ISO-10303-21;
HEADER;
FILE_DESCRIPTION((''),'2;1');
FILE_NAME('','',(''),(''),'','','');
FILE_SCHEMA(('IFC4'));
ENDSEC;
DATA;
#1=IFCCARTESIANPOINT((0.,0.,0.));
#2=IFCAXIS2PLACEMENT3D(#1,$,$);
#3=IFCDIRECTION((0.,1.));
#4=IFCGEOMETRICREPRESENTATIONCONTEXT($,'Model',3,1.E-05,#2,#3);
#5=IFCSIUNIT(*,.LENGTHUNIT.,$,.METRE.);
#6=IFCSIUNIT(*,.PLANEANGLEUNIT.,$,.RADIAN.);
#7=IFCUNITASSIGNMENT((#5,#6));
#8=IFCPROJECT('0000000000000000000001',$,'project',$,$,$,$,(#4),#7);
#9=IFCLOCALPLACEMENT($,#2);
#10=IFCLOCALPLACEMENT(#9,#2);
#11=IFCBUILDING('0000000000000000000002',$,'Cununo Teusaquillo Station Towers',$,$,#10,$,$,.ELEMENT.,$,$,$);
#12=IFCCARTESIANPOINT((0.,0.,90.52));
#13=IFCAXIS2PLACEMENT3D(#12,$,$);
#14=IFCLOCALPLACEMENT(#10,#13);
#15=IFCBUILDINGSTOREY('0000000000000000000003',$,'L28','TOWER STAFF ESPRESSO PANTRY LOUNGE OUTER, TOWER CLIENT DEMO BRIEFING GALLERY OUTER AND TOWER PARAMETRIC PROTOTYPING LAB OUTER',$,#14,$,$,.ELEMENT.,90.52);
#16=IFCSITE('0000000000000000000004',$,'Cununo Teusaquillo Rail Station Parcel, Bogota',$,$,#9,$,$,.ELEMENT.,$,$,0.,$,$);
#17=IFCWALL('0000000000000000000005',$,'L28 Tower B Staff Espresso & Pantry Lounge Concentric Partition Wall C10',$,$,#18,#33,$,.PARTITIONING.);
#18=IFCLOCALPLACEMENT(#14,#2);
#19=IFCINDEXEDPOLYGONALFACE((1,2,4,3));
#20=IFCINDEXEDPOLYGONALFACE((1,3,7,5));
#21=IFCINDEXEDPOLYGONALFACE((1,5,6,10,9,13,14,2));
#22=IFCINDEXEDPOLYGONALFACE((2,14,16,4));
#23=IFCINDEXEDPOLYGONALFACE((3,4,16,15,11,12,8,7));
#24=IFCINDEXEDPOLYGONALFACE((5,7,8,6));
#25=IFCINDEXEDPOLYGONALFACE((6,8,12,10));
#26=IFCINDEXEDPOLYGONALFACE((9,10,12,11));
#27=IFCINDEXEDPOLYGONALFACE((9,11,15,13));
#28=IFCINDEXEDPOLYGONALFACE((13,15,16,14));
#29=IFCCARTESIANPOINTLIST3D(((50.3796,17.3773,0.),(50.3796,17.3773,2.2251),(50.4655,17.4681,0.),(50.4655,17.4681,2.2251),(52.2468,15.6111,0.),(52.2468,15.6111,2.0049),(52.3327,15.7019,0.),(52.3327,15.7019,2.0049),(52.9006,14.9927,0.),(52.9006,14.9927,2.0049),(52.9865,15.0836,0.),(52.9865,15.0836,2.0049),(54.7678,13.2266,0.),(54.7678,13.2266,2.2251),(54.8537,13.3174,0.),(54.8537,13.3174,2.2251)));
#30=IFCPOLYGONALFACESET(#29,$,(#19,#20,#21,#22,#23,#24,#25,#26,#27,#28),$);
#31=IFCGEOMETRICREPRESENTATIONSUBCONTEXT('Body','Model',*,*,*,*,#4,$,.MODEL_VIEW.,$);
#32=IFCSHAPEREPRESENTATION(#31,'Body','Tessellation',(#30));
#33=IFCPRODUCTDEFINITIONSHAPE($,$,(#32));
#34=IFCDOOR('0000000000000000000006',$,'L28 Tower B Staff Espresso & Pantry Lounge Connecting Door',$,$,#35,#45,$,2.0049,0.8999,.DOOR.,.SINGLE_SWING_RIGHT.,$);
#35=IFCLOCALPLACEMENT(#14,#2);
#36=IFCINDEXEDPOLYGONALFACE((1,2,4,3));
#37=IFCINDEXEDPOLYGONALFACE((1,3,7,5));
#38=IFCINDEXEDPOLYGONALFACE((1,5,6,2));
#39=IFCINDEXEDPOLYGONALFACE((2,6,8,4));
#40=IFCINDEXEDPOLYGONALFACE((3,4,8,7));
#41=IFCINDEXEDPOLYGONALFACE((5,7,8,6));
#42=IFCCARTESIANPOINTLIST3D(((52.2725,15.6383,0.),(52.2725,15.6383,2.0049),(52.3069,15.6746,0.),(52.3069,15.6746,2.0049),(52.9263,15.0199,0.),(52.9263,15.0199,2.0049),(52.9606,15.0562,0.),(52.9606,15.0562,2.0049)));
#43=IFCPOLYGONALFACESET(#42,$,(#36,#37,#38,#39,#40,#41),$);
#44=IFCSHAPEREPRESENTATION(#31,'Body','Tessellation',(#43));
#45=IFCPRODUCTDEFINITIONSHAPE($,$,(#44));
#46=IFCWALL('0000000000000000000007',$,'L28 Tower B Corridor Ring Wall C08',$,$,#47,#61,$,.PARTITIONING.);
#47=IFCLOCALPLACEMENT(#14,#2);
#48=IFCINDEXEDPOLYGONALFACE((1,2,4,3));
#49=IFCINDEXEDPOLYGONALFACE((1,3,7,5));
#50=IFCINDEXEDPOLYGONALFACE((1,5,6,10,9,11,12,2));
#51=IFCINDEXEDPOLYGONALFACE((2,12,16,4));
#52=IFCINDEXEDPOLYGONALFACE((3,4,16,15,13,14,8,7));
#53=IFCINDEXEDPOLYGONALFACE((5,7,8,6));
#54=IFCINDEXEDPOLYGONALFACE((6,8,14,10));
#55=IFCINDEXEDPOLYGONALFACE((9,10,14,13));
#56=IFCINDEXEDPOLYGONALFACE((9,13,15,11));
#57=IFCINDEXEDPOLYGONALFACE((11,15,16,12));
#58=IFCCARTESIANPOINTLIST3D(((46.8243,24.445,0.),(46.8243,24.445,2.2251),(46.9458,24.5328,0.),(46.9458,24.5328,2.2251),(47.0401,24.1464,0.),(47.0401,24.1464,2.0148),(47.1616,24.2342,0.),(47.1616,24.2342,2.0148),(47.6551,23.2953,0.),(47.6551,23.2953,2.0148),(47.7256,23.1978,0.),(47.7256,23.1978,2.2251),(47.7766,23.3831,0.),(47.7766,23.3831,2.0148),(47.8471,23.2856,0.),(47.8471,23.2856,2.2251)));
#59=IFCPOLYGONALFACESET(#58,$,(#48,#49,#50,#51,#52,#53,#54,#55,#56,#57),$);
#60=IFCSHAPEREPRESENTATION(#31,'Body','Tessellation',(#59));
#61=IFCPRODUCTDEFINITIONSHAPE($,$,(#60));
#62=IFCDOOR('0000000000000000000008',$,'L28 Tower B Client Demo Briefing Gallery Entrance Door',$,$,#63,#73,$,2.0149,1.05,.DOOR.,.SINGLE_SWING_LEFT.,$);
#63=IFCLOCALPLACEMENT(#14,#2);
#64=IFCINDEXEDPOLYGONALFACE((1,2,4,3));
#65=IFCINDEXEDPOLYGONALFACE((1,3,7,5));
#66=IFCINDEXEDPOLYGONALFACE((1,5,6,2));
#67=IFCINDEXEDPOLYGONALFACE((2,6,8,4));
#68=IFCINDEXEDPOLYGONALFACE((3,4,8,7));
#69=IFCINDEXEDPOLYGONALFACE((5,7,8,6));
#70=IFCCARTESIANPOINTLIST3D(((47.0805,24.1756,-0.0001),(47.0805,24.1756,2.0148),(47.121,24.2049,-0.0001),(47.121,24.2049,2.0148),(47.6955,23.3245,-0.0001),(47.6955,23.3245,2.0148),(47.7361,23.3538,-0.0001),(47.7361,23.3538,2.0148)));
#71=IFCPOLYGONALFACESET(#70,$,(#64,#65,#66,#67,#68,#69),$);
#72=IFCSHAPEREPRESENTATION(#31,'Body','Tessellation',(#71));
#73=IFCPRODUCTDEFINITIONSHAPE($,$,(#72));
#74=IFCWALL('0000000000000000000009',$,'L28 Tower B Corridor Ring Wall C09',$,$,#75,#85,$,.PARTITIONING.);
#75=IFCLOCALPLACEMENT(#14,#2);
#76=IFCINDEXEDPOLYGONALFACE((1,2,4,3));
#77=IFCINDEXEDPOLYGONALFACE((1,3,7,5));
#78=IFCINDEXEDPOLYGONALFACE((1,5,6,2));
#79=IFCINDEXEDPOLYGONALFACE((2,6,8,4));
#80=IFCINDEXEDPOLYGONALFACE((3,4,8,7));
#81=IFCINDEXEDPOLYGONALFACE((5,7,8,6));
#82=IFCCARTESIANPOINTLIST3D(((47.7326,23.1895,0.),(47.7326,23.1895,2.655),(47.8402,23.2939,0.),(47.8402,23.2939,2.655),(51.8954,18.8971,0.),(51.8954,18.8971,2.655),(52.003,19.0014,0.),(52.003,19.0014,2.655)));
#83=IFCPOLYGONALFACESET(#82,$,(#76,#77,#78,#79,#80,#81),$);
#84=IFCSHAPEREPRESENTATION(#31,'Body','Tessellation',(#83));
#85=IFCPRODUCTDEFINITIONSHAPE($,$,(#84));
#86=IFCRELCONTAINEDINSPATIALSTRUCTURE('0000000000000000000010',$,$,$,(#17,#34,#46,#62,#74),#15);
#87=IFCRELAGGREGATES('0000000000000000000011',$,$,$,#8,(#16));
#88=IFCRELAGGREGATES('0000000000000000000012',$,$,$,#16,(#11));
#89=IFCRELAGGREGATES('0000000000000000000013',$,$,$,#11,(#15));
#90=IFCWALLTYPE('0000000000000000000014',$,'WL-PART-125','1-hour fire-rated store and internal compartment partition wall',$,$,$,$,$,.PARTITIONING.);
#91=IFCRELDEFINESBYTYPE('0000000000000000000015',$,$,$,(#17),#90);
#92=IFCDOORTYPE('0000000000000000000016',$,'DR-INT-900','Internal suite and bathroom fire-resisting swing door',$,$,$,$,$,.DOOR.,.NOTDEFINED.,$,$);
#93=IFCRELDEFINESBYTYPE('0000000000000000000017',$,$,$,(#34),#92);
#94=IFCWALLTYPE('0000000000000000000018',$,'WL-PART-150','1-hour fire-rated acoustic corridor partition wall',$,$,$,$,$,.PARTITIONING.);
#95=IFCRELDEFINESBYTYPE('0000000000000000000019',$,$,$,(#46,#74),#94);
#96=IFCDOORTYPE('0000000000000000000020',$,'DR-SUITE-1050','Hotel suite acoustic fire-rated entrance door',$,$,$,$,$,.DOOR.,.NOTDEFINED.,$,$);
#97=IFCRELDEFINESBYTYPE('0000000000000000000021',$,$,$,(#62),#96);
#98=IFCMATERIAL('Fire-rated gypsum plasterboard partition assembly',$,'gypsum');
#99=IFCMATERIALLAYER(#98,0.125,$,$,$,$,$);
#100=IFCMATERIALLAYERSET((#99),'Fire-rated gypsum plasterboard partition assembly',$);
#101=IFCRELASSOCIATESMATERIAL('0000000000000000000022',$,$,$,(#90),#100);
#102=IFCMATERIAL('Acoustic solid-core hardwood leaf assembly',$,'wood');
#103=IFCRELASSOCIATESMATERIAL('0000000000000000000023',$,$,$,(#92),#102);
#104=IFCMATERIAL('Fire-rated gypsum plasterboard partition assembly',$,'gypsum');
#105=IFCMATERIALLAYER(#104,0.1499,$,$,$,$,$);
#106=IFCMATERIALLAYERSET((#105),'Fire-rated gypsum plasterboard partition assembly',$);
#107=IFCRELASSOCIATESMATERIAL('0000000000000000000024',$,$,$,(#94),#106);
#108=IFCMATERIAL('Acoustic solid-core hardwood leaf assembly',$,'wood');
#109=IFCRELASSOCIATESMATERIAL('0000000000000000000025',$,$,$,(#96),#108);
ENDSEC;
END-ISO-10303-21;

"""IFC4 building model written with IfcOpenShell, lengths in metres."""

from ifc_helpers import new_model, si_unit, direction, frame, frame_2d, origin, place, context, subcontext, project, spatial, rectangle, extrude, source, transform, mapped, material, layer, layer_set, type_object, element, fill, save


model = new_model("IFC4")

# Units and contexts
model_context = context("Model", 3, precision=1e-05, world=origin(), true_north=direction((0.0, 1.0)))
body_context = subcontext(model_context, "Body", "Model", "MODEL_VIEW")
ifc_project = project(units=[si_unit("LENGTHUNIT", "METRE"), si_unit("PLANEANGLEUNIT", "RADIAN")], contexts=[model_context])

# Site, building, storey
site_placement = place(None, origin())
site = spatial("IfcSite", under=ifc_project, at=site_placement, Name="Cununo Teusaquillo Rail Station Parcel, Bogota", CompositionType="ELEMENT", RefElevation=0.0)
building_placement = place(site_placement, origin())
building = spatial("IfcBuilding", under=site, at=building_placement, Name="Cununo Teusaquillo Station Towers", CompositionType="ELEMENT")
storey_placement = place(building_placement, frame((0.0, 0.0, 90.52)))
storey = spatial("IfcBuildingStorey", under=building, at=storey_placement, Name="L28", Description="TOWER STAFF ESPRESSO PANTRY LOUNGE OUTER, TOWER CLIENT DEMO BRIEFING GALLERY OUTER AND TOWER PARAMETRIC PROTOTYPING LAB OUTER", CompositionType="ELEMENT", Elevation=90.52)

# Shared definitions
ifc_material_1 = material(Name="Fire-rated gypsum plasterboard partition assembly", Category="gypsum")
ifc_layer_1 = layer(ifc_material_1, 0.125)
ifc_layer_set_1 = layer_set([ifc_layer_1], Name="Fire-rated gypsum plasterboard partition assembly")
wall_type_1 = type_object("IfcWallType", Name="WL-PART-125", Description="1-hour fire-rated store and internal compartment partition wall", PredefinedType="PARTITIONING", material=ifc_layer_set_1)

# Walls, openings, doors
wall_1_placement = place(storey_placement, frame((50.4226, 17.4226, 0.0), z_axis=(0.0, 0.0, 1.0), x_axis=(0.726497, -0.687169, 0.0)))
wall_1 = element("IfcWall", 1, at=wall_1_placement, inside=storey, type_object=wall_type_1, Name="L28 Tower B Staff Espresso & Pantry Lounge Concentric Partition Wall C10", PredefinedType="PARTITIONING", context=body_context, shape_type="SweptSolid", body=[
    extrude(rectangle(XDim=6.0403, YDim=0.125, at=frame_2d((3.02, 0.0))), origin(), (0.0, 0.0, 1.0), 2.2251),
])
shared_shape_1 = source(origin(), body_context, "Body", "SweptSolid", [
    extrude(rectangle(XDim=0.8999, YDim=2.0049, at=frame_2d((0.45, 1.0024))), frame((0.0, 0.0725, 0.0), z_axis=(0.0, -1.0, 0.0), x_axis=(1.0, 0.0, 0.0)), (0.0, 0.0, 1.0), 0.145),
])
opening_1_placement = place(wall_1_placement, frame((2.5701, 0.0, 0.0)))
opening_1 = element("IfcOpeningElement", 2, at=opening_1_placement, cuts=wall_1, PredefinedType="OPENING", context=body_context, shape_type="MappedRepresentation", body=[
    mapped(shared_shape_1, transform((0.0, 0.0, 0.0), x_axis=(1.0, 0.0, 0.0), y_axis=(0.0, 1.0, 0.0), z_axis=(0.0, 0.0, 1.0), scale=1.0)),
])
ifc_material_2 = material(Name="Acoustic solid-core hardwood leaf assembly", Category="wood")
door_type_1 = type_object("IfcDoorType", Name="DR-INT-900", Description="Internal suite and bathroom fire-resisting swing door", OperationType="NOTDEFINED", PredefinedType="DOOR", material=ifc_material_2)
shared_shape_2 = source(origin(), body_context, "Body", "SweptSolid", [
    extrude(rectangle(XDim=0.8999, YDim=2.0049, at=frame_2d((0.45, 1.0024))), frame((0.0, 0.0249, 0.0), z_axis=(0.0, -1.0, 0.0), x_axis=(1.0, 0.0, 0.0)), (0.0, 0.0, 1.0), 0.05),
])
door_1_placement = place(opening_1_placement, origin())
door_1 = element("IfcDoor", 3, at=door_1_placement, inside=storey, type_object=door_type_1, Name="L28 Tower B Staff Espresso & Pantry Lounge Connecting Door", OperationType="SINGLE_SWING_RIGHT", OverallHeight=2.0049, OverallWidth=0.8999, PredefinedType="DOOR", context=body_context, shape_type="MappedRepresentation", body=[
    mapped(shared_shape_2, transform((0.0, 0.0, 0.0), x_axis=(1.0, 0.0, 0.0), y_axis=(0.0, 1.0, 0.0), z_axis=(0.0, 0.0, 1.0), scale=1.0)),
])
fill(opening_1, door_1)
ifc_material_3 = material(Name="Fire-rated gypsum plasterboard partition assembly", Category="gypsum")
ifc_layer_2 = layer(ifc_material_3, 0.1499)
ifc_layer_set_2 = layer_set([ifc_layer_2], Name="Fire-rated gypsum plasterboard partition assembly")
wall_type_2 = type_object("IfcWallType", Name="WL-PART-150", Description="1-hour fire-rated acoustic corridor partition wall", PredefinedType="PARTITIONING", material=ifc_layer_set_2)
wall_2_placement = place(storey_placement, frame((46.885, 24.489, 0.0), z_axis=(0.0, 0.0, 1.0), x_axis=(0.585716, -0.810516, 0.0)))
wall_2 = element("IfcWall", 4, at=wall_2_placement, inside=storey, type_object=wall_type_2, Name="L28 Tower B Corridor Ring Wall C08", PredefinedType="PARTITIONING", context=body_context, shape_type="SweptSolid", body=[
    extrude(rectangle(XDim=1.5388, YDim=0.1499, at=frame_2d((0.7695, 0.0))), origin(), (0.0, 0.0, 1.0), 2.2251),
])
shared_shape_3 = source(origin(), body_context, "Body", "SweptSolid", [
    extrude(rectangle(XDim=1.05, YDim=2.0149, at=frame_2d((0.5249, 1.0073))), frame((0.0, 0.085, 0.0), z_axis=(0.0, -1.0, 0.0), x_axis=(1.0, 0.0, 0.0)), (0.0, 0.0, 1.0), 0.1699),
])
opening_2_placement = place(wall_2_placement, frame((0.3687, 0.0, 0.0)))
opening_2 = element("IfcOpeningElement", 5, at=opening_2_placement, cuts=wall_2, PredefinedType="OPENING", context=body_context, shape_type="MappedRepresentation", body=[
    mapped(shared_shape_3, transform((0.0, 0.0, 0.0), x_axis=(1.0, 0.0, 0.0), y_axis=(0.0, 1.0, 0.0), z_axis=(0.0, 0.0, 1.0), scale=1.0)),
])
ifc_material_4 = material(Name="Acoustic solid-core hardwood leaf assembly", Category="wood")
door_type_2 = type_object("IfcDoorType", Name="DR-SUITE-1050", Description="Hotel suite acoustic fire-rated entrance door", OperationType="NOTDEFINED", PredefinedType="DOOR", material=ifc_material_4)
shared_shape_4 = source(origin(), body_context, "Body", "SweptSolid", [
    extrude(rectangle(XDim=1.05, YDim=2.0149, at=frame_2d((0.5249, 1.0073))), frame((0.0, 0.0249, 0.0), z_axis=(0.0, -1.0, 0.0), x_axis=(1.0, 0.0, 0.0)), (0.0, 0.0, 1.0), 0.05),
])
door_2_placement = place(opening_2_placement, origin())
door_2 = element("IfcDoor", 6, at=door_2_placement, inside=storey, type_object=door_type_2, Name="L28 Tower B Client Demo Briefing Gallery Entrance Door", OperationType="SINGLE_SWING_LEFT", OverallHeight=2.0149, OverallWidth=1.05, PredefinedType="DOOR", context=body_context, shape_type="MappedRepresentation", body=[
    mapped(shared_shape_4, transform((0.0, 0.0, 0.0), x_axis=(1.0, 0.0, 0.0), y_axis=(0.0, 1.0, 0.0), z_axis=(0.0, 0.0, 1.0), scale=1.0)),
])
fill(opening_2, door_2)

# Wall
wall_3_placement = place(storey_placement, frame((47.7864, 23.2417, 0.0), z_axis=(0.0, 0.0, 1.0), x_axis=(0.696183, -0.717864, 0.0)))
element("IfcWall", 7, at=wall_3_placement, inside=storey, type_object=wall_type_2, Name="L28 Tower B Corridor Ring Wall C09", PredefinedType="PARTITIONING", context=body_context, shape_type="SweptSolid", body=[
    extrude(rectangle(XDim=5.9795, YDim=0.1499, at=frame_2d((2.9897, 0.0))), origin(), (0.0, 0.0, 1.0), 2.655),
])

save(model, "model.ifc")
